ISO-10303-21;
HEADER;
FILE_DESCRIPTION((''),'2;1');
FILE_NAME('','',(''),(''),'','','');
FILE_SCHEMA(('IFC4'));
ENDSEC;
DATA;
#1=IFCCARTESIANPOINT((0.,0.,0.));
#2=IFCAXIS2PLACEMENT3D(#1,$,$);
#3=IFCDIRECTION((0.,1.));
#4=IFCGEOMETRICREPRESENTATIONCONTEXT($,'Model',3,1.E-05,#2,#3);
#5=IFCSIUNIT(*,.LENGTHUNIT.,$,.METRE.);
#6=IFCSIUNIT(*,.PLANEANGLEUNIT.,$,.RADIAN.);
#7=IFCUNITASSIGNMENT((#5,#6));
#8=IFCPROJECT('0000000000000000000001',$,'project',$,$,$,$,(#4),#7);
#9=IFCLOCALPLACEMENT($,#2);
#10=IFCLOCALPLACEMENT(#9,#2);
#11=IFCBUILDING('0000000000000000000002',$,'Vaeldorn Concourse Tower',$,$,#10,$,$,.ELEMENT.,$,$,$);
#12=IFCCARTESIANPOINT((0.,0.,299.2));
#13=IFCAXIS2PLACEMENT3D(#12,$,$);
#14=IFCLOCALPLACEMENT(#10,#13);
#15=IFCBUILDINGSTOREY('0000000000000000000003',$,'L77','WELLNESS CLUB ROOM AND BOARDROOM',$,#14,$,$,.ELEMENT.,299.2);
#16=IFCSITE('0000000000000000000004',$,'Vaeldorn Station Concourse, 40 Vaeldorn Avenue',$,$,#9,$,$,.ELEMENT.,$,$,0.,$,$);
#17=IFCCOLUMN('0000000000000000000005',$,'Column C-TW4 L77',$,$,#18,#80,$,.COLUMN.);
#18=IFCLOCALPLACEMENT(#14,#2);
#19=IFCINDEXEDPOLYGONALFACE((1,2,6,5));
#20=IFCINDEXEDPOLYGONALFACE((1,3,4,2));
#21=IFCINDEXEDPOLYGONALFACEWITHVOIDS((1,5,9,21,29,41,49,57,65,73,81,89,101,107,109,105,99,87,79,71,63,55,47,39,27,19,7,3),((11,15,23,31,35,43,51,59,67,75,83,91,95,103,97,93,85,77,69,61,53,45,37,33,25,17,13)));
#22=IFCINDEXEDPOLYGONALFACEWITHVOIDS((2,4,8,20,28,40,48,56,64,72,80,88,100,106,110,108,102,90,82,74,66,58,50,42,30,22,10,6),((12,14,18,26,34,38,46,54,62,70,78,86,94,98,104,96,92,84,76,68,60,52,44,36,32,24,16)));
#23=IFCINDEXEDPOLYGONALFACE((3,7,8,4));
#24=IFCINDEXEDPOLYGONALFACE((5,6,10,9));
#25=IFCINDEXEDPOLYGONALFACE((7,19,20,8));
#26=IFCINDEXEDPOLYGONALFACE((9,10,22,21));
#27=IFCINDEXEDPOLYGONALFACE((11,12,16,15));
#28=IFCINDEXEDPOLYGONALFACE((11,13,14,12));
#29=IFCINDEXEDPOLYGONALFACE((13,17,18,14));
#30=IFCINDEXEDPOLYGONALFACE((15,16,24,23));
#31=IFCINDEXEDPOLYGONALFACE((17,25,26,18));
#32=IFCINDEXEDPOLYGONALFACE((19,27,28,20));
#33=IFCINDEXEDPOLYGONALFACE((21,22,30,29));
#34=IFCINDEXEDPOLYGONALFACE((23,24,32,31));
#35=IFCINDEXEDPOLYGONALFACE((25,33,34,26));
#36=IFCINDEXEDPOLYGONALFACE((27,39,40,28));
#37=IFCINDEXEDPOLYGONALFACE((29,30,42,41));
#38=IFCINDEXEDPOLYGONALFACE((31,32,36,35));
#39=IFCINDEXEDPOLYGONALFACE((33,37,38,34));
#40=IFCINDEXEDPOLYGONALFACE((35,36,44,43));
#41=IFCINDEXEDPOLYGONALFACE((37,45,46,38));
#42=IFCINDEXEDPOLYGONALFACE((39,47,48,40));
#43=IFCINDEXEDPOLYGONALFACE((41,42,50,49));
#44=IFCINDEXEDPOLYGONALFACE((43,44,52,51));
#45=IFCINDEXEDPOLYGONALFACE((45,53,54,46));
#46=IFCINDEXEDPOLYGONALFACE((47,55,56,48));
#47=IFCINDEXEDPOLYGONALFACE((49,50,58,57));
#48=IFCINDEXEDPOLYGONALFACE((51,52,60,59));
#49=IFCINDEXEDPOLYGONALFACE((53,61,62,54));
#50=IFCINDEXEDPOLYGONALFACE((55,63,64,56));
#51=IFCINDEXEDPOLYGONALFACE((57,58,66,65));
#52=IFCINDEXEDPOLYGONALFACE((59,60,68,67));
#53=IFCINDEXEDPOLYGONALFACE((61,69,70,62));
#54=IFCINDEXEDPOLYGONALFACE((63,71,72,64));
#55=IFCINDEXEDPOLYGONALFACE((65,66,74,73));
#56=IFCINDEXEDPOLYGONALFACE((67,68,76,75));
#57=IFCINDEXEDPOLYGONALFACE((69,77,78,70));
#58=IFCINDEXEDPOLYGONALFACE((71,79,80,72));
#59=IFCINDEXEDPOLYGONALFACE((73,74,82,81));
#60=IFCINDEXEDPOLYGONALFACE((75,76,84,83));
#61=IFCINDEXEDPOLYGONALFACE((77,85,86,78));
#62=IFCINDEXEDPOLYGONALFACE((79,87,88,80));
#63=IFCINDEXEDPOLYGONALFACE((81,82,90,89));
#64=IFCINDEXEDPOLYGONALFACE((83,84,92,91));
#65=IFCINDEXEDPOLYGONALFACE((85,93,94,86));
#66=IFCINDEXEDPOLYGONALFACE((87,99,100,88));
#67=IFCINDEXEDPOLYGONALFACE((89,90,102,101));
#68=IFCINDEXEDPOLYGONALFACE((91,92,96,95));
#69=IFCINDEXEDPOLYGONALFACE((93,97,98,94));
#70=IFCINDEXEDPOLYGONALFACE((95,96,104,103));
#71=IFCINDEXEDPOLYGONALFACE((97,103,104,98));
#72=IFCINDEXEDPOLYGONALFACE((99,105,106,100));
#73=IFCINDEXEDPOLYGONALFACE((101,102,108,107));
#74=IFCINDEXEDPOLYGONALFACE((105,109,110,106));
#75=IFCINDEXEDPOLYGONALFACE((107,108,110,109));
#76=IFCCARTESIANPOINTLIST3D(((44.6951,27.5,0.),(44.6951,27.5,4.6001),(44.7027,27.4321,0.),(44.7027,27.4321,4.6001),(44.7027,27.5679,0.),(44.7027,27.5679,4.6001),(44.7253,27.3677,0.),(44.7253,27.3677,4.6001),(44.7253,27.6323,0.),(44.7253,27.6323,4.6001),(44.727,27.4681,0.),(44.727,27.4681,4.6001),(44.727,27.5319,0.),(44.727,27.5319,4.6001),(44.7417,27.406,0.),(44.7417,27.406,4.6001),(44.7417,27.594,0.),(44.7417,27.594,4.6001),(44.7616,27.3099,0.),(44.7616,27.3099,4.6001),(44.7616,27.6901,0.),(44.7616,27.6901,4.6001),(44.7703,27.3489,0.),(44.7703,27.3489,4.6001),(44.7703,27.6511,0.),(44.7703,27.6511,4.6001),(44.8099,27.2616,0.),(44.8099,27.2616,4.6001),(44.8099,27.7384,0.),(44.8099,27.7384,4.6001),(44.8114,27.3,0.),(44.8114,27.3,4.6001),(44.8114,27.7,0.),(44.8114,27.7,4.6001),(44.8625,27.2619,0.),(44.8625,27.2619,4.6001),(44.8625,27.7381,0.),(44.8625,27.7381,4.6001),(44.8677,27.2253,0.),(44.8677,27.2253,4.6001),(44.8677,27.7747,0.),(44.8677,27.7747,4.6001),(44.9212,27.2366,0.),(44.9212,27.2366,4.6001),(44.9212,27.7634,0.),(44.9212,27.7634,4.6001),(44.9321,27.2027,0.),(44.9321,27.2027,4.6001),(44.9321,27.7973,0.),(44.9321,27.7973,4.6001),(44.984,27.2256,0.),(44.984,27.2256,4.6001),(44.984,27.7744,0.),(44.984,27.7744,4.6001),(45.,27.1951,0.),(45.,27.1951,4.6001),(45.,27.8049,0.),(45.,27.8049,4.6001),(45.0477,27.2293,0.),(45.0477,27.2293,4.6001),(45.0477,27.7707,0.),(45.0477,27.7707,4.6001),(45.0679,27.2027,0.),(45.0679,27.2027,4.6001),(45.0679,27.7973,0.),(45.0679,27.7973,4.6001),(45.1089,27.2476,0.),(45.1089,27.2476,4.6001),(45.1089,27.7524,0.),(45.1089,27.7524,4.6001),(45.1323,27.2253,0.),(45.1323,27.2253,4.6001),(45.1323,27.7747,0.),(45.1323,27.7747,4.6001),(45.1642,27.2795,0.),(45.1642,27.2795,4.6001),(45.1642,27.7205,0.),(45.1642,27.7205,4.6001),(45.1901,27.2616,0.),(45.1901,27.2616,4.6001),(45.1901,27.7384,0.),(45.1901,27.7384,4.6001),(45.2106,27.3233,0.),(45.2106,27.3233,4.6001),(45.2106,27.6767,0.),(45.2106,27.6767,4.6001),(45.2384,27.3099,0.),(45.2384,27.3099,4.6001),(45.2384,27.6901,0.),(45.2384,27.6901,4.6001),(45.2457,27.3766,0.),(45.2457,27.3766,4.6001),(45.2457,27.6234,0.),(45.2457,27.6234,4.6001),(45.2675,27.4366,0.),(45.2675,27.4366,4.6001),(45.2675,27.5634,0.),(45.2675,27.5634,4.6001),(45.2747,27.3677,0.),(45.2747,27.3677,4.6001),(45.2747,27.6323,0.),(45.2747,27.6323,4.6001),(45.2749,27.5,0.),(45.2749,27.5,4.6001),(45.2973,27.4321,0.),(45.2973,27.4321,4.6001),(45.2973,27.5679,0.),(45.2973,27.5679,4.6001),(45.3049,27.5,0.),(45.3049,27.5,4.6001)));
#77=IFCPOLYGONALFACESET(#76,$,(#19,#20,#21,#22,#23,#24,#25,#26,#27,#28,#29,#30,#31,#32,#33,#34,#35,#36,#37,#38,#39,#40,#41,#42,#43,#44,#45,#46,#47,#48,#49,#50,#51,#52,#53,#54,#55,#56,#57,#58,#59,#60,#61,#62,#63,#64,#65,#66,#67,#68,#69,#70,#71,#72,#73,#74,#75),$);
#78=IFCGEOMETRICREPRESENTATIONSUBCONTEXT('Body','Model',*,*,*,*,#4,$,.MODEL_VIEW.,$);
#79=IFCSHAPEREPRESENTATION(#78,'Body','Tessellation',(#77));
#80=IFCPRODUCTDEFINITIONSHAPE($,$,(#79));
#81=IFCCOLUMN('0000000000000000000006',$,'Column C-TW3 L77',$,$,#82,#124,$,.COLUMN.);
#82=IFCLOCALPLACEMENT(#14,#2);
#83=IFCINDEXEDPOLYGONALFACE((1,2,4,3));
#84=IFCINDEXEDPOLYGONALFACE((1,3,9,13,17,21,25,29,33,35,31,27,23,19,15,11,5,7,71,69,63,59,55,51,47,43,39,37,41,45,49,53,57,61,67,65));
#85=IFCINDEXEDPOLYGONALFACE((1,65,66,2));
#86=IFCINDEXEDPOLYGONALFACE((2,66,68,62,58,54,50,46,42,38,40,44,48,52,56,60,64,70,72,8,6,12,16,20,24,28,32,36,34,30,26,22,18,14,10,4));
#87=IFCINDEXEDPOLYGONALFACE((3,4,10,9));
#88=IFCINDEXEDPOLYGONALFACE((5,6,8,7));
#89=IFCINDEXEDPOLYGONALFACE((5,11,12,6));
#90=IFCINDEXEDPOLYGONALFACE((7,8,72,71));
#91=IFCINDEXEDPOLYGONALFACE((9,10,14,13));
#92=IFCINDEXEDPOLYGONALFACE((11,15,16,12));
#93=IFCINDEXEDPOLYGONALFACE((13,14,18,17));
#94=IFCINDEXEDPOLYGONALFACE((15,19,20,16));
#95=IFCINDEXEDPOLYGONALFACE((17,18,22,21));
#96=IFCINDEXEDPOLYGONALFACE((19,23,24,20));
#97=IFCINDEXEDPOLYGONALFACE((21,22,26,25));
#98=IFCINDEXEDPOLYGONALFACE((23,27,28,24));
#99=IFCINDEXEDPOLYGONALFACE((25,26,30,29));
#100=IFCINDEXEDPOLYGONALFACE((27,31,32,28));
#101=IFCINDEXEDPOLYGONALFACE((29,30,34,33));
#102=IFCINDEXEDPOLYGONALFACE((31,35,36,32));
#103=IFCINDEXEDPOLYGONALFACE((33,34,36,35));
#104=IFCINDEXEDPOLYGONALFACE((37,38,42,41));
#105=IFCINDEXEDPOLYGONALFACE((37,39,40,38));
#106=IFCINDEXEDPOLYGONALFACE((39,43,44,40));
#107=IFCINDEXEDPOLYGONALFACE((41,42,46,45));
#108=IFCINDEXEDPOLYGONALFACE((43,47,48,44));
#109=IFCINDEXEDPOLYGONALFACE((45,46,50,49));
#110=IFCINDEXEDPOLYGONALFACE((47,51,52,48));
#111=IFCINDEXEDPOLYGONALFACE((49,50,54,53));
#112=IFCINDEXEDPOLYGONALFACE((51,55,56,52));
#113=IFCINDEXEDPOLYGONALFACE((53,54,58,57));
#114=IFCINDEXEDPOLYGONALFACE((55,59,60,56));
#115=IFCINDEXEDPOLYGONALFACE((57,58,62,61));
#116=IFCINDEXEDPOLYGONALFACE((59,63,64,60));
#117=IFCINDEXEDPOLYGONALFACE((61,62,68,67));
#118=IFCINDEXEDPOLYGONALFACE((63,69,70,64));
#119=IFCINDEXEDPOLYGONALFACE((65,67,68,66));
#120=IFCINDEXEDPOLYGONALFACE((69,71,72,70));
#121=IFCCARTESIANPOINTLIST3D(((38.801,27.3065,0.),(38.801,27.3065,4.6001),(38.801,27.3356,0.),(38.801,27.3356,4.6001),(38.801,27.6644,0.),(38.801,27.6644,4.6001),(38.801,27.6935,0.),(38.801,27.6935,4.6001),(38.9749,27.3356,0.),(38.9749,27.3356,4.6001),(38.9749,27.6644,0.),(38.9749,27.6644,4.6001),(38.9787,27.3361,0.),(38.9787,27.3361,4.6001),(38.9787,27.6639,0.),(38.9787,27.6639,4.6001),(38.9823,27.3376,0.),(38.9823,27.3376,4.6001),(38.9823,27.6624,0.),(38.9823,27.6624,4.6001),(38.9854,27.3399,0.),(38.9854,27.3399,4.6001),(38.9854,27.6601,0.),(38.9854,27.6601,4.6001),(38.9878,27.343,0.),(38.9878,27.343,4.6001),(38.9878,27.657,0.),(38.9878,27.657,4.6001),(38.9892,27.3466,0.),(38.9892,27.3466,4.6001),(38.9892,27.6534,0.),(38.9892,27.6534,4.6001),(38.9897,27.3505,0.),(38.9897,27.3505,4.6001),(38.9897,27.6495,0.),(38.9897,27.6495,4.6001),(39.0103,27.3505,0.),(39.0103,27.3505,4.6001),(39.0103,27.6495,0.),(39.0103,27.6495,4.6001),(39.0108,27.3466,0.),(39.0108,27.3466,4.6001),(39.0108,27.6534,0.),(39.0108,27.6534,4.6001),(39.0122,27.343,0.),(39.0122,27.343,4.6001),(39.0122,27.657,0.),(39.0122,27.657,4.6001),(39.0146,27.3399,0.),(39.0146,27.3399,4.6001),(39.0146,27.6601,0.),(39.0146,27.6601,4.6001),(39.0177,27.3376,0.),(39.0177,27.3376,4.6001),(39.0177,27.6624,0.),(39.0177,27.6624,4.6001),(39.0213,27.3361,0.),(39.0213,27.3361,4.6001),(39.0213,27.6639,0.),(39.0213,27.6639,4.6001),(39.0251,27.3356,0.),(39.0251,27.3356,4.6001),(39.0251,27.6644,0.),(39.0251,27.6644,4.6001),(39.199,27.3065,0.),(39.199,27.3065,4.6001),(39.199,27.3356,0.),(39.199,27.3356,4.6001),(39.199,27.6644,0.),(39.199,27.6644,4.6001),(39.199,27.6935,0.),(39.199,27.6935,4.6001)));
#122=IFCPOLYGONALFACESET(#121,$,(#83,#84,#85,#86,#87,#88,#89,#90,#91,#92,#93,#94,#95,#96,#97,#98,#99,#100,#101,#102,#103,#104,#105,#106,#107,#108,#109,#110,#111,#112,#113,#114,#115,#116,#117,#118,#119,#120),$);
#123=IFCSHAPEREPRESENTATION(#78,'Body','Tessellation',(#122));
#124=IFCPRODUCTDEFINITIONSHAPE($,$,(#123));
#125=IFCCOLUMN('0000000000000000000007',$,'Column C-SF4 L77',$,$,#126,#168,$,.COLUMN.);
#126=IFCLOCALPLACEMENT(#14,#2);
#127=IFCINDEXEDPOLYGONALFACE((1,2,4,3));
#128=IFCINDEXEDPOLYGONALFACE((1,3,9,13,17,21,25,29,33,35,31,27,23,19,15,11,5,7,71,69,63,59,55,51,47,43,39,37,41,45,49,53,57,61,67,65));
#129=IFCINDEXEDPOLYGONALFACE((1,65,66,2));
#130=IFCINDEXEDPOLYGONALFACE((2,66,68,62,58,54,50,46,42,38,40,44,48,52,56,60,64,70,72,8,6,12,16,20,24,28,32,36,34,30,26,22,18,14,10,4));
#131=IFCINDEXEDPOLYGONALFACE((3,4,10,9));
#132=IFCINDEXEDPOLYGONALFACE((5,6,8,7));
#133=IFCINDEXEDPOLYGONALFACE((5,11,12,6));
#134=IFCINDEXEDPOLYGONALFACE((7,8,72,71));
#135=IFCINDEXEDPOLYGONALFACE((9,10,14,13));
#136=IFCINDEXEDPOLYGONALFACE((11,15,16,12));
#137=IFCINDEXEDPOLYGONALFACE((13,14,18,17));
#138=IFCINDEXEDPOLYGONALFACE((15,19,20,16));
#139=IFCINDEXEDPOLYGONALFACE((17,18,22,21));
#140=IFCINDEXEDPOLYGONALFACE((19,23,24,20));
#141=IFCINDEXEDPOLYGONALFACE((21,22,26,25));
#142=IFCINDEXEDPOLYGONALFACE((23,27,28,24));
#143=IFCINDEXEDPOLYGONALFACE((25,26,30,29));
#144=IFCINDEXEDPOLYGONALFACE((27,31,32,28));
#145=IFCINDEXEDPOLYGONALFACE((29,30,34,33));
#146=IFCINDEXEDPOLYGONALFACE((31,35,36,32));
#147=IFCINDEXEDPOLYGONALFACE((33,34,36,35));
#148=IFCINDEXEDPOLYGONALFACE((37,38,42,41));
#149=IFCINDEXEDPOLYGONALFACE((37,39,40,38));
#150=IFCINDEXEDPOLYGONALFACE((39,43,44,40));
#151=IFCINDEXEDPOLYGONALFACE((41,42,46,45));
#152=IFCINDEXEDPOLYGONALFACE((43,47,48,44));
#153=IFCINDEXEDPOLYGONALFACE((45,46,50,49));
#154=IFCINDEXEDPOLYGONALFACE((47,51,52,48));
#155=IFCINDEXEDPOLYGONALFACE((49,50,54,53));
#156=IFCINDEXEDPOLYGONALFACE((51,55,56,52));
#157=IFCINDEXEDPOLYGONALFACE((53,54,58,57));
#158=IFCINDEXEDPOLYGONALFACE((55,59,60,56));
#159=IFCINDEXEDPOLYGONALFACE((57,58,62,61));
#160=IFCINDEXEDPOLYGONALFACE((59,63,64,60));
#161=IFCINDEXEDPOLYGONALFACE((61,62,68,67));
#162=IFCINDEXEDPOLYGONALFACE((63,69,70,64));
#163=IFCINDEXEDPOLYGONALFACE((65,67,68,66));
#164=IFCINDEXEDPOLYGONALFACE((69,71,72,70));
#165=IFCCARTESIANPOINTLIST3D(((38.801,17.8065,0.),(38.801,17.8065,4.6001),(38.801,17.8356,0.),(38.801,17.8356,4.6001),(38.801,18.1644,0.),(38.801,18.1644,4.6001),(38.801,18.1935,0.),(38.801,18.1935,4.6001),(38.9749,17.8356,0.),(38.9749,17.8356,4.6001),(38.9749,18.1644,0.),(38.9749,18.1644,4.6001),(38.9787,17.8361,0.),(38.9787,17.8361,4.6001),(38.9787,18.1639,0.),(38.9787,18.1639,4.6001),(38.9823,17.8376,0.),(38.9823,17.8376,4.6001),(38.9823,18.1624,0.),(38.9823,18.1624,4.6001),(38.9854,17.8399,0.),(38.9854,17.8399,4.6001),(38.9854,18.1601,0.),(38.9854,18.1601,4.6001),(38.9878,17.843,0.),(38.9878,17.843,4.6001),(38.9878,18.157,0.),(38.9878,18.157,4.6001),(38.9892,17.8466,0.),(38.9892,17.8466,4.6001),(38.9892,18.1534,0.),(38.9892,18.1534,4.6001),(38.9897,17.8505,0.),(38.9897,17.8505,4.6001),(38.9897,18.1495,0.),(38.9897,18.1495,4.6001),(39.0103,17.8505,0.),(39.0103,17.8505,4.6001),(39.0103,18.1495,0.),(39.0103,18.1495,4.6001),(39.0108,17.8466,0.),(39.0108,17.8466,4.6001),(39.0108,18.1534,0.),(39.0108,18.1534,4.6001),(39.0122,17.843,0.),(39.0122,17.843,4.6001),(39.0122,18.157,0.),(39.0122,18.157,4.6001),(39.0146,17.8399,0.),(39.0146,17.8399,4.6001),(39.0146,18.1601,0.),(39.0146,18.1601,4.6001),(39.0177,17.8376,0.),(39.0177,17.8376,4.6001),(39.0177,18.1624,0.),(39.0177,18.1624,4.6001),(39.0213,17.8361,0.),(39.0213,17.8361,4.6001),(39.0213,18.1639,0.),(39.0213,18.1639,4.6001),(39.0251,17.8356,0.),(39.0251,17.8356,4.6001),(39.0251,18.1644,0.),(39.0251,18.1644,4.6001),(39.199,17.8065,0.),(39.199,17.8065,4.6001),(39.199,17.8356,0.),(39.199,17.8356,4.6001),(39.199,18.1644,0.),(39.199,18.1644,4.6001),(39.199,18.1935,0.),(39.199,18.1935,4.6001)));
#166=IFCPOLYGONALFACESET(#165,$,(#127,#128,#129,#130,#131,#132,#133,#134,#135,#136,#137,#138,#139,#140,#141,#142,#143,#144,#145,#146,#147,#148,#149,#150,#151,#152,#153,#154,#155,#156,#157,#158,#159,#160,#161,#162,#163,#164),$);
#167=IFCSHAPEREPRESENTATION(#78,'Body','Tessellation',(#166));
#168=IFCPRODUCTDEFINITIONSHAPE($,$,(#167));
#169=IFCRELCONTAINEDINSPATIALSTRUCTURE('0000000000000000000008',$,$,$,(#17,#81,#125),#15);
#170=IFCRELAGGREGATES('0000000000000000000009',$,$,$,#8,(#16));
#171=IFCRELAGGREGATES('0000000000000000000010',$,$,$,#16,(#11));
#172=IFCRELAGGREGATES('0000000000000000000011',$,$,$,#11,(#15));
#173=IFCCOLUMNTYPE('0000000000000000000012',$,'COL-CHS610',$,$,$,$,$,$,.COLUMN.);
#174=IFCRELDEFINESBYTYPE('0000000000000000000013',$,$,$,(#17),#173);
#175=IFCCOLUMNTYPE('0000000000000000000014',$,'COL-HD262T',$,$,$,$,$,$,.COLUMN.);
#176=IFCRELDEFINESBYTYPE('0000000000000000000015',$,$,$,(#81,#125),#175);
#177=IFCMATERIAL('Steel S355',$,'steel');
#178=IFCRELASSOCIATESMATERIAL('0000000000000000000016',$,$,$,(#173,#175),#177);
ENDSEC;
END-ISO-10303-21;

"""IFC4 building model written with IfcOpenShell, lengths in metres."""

from ifc_helpers import new_model, si_unit, direction, frame, origin, origin_2d, place, context, subcontext, project, spatial, hollow_circle, i_section, extrude, source, transform, mapped, material, material_profile, profile_set, type_object, element, save


model = new_model("IFC4")

# Units and contexts
model_context = context("Model", 3, precision=1e-05, world=origin(), true_north=direction((0.0, 1.0)))
body_context = subcontext(model_context, "Body", "Model", "MODEL_VIEW")
ifc_project = project(units=[si_unit("LENGTHUNIT", "METRE"), si_unit("PLANEANGLEUNIT", "RADIAN")], contexts=[model_context])

# Site, building, storey
site_placement = place(None, origin())
site = spatial("IfcSite", under=ifc_project, at=site_placement, Name="Vaeldorn Station Concourse, 40 Vaeldorn Avenue", CompositionType="ELEMENT", RefElevation=0.0)
building_placement = place(site_placement, origin())
building = spatial("IfcBuilding", under=site, at=building_placement, Name="Vaeldorn Concourse Tower", CompositionType="ELEMENT")
storey_placement = place(building_placement, frame((0.0, 0.0, 299.2)))
storey = spatial("IfcBuildingStorey", under=building, at=storey_placement, Name="L77", Description="WELLNESS CLUB ROOM AND BOARDROOM", CompositionType="ELEMENT", Elevation=299.2)

# Columns
ifc_material_1 = material(Name="Steel S355", Category="steel")
ifc_material_profile_1 = material_profile(ifc_material_1, hollow_circle(Radius=0.3049, WallThickness=0.03, at=origin_2d()), Name="CHS 610x30")
ifc_profile_set_1 = profile_set([ifc_material_profile_1], Name="Steel S355")
column_type_1 = type_object("IfcColumnType", Name="COL-CHS610", PredefinedType="COLUMN", material=ifc_profile_set_1)
shared_shape_1 = source(origin(), body_context, "Body", "SweptSolid", [
    extrude(hollow_circle(Radius=0.3049, WallThickness=0.03, at=origin_2d()), origin(), (0.0, 0.0, 1.0), 4.6001),
])
column_placement = place(storey_placement, frame((45.0, 27.5, 0.0), z_axis=(0.0, 0.0, 1.0), x_axis=(1.0, 0.0, 0.0)))
element("IfcColumn", 1, at=column_placement, inside=storey, type_object=column_type_1, Name="Column C-TW4 L77", PredefinedType="COLUMN", context=body_context, shape_type="MappedRepresentation", body=[
    mapped(shared_shape_1, transform((0.0, 0.0, 0.0), scale=1.0)),
])
ifc_material_profile_2 = material_profile(ifc_material_1, i_section(OverallWidth=0.3979, OverallDepth=0.387, WebThickness=0.0205, FlangeThickness=0.0291, FilletRadius=0.0149, at=origin_2d()), Name="HD 400x262")
ifc_profile_set_2 = profile_set([ifc_material_profile_2], Name="Steel S355")
column_type_2 = type_object("IfcColumnType", Name="COL-HD262T", PredefinedType="COLUMN", material=ifc_profile_set_2)
shared_shape_2 = source(origin(), body_context, "Body", "SweptSolid", [
    extrude(i_section(OverallWidth=0.3979, OverallDepth=0.387, WebThickness=0.0205, FlangeThickness=0.0291, FilletRadius=0.0149, at=origin_2d()), origin(), (0.0, 0.0, 1.0), 4.6001),
])
for number, where, z_axis, x_axis, name in (
    (2, (39.0, 27.5, 0.0), (0.0, 0.0, 1.0), (1.0, 0.0, 0.0), "Column C-TW3 L77"),
    (3, (39.0, 18.0, 0.0), (0.0, 0.0, 1.0), (1.0, 0.0, 0.0), "Column C-SF4 L77"),
):
    element("IfcColumn", number, at=place(storey_placement, frame(where, z_axis=z_axis, x_axis=x_axis)), inside=storey, type_object=column_type_2, Name=name, PredefinedType="COLUMN", context=body_context, shape_type="MappedRepresentation", body=[
        mapped(shared_shape_2, transform((0.0, 0.0, 0.0), scale=1.0)),
    ])

save(model, "model.ifc")
